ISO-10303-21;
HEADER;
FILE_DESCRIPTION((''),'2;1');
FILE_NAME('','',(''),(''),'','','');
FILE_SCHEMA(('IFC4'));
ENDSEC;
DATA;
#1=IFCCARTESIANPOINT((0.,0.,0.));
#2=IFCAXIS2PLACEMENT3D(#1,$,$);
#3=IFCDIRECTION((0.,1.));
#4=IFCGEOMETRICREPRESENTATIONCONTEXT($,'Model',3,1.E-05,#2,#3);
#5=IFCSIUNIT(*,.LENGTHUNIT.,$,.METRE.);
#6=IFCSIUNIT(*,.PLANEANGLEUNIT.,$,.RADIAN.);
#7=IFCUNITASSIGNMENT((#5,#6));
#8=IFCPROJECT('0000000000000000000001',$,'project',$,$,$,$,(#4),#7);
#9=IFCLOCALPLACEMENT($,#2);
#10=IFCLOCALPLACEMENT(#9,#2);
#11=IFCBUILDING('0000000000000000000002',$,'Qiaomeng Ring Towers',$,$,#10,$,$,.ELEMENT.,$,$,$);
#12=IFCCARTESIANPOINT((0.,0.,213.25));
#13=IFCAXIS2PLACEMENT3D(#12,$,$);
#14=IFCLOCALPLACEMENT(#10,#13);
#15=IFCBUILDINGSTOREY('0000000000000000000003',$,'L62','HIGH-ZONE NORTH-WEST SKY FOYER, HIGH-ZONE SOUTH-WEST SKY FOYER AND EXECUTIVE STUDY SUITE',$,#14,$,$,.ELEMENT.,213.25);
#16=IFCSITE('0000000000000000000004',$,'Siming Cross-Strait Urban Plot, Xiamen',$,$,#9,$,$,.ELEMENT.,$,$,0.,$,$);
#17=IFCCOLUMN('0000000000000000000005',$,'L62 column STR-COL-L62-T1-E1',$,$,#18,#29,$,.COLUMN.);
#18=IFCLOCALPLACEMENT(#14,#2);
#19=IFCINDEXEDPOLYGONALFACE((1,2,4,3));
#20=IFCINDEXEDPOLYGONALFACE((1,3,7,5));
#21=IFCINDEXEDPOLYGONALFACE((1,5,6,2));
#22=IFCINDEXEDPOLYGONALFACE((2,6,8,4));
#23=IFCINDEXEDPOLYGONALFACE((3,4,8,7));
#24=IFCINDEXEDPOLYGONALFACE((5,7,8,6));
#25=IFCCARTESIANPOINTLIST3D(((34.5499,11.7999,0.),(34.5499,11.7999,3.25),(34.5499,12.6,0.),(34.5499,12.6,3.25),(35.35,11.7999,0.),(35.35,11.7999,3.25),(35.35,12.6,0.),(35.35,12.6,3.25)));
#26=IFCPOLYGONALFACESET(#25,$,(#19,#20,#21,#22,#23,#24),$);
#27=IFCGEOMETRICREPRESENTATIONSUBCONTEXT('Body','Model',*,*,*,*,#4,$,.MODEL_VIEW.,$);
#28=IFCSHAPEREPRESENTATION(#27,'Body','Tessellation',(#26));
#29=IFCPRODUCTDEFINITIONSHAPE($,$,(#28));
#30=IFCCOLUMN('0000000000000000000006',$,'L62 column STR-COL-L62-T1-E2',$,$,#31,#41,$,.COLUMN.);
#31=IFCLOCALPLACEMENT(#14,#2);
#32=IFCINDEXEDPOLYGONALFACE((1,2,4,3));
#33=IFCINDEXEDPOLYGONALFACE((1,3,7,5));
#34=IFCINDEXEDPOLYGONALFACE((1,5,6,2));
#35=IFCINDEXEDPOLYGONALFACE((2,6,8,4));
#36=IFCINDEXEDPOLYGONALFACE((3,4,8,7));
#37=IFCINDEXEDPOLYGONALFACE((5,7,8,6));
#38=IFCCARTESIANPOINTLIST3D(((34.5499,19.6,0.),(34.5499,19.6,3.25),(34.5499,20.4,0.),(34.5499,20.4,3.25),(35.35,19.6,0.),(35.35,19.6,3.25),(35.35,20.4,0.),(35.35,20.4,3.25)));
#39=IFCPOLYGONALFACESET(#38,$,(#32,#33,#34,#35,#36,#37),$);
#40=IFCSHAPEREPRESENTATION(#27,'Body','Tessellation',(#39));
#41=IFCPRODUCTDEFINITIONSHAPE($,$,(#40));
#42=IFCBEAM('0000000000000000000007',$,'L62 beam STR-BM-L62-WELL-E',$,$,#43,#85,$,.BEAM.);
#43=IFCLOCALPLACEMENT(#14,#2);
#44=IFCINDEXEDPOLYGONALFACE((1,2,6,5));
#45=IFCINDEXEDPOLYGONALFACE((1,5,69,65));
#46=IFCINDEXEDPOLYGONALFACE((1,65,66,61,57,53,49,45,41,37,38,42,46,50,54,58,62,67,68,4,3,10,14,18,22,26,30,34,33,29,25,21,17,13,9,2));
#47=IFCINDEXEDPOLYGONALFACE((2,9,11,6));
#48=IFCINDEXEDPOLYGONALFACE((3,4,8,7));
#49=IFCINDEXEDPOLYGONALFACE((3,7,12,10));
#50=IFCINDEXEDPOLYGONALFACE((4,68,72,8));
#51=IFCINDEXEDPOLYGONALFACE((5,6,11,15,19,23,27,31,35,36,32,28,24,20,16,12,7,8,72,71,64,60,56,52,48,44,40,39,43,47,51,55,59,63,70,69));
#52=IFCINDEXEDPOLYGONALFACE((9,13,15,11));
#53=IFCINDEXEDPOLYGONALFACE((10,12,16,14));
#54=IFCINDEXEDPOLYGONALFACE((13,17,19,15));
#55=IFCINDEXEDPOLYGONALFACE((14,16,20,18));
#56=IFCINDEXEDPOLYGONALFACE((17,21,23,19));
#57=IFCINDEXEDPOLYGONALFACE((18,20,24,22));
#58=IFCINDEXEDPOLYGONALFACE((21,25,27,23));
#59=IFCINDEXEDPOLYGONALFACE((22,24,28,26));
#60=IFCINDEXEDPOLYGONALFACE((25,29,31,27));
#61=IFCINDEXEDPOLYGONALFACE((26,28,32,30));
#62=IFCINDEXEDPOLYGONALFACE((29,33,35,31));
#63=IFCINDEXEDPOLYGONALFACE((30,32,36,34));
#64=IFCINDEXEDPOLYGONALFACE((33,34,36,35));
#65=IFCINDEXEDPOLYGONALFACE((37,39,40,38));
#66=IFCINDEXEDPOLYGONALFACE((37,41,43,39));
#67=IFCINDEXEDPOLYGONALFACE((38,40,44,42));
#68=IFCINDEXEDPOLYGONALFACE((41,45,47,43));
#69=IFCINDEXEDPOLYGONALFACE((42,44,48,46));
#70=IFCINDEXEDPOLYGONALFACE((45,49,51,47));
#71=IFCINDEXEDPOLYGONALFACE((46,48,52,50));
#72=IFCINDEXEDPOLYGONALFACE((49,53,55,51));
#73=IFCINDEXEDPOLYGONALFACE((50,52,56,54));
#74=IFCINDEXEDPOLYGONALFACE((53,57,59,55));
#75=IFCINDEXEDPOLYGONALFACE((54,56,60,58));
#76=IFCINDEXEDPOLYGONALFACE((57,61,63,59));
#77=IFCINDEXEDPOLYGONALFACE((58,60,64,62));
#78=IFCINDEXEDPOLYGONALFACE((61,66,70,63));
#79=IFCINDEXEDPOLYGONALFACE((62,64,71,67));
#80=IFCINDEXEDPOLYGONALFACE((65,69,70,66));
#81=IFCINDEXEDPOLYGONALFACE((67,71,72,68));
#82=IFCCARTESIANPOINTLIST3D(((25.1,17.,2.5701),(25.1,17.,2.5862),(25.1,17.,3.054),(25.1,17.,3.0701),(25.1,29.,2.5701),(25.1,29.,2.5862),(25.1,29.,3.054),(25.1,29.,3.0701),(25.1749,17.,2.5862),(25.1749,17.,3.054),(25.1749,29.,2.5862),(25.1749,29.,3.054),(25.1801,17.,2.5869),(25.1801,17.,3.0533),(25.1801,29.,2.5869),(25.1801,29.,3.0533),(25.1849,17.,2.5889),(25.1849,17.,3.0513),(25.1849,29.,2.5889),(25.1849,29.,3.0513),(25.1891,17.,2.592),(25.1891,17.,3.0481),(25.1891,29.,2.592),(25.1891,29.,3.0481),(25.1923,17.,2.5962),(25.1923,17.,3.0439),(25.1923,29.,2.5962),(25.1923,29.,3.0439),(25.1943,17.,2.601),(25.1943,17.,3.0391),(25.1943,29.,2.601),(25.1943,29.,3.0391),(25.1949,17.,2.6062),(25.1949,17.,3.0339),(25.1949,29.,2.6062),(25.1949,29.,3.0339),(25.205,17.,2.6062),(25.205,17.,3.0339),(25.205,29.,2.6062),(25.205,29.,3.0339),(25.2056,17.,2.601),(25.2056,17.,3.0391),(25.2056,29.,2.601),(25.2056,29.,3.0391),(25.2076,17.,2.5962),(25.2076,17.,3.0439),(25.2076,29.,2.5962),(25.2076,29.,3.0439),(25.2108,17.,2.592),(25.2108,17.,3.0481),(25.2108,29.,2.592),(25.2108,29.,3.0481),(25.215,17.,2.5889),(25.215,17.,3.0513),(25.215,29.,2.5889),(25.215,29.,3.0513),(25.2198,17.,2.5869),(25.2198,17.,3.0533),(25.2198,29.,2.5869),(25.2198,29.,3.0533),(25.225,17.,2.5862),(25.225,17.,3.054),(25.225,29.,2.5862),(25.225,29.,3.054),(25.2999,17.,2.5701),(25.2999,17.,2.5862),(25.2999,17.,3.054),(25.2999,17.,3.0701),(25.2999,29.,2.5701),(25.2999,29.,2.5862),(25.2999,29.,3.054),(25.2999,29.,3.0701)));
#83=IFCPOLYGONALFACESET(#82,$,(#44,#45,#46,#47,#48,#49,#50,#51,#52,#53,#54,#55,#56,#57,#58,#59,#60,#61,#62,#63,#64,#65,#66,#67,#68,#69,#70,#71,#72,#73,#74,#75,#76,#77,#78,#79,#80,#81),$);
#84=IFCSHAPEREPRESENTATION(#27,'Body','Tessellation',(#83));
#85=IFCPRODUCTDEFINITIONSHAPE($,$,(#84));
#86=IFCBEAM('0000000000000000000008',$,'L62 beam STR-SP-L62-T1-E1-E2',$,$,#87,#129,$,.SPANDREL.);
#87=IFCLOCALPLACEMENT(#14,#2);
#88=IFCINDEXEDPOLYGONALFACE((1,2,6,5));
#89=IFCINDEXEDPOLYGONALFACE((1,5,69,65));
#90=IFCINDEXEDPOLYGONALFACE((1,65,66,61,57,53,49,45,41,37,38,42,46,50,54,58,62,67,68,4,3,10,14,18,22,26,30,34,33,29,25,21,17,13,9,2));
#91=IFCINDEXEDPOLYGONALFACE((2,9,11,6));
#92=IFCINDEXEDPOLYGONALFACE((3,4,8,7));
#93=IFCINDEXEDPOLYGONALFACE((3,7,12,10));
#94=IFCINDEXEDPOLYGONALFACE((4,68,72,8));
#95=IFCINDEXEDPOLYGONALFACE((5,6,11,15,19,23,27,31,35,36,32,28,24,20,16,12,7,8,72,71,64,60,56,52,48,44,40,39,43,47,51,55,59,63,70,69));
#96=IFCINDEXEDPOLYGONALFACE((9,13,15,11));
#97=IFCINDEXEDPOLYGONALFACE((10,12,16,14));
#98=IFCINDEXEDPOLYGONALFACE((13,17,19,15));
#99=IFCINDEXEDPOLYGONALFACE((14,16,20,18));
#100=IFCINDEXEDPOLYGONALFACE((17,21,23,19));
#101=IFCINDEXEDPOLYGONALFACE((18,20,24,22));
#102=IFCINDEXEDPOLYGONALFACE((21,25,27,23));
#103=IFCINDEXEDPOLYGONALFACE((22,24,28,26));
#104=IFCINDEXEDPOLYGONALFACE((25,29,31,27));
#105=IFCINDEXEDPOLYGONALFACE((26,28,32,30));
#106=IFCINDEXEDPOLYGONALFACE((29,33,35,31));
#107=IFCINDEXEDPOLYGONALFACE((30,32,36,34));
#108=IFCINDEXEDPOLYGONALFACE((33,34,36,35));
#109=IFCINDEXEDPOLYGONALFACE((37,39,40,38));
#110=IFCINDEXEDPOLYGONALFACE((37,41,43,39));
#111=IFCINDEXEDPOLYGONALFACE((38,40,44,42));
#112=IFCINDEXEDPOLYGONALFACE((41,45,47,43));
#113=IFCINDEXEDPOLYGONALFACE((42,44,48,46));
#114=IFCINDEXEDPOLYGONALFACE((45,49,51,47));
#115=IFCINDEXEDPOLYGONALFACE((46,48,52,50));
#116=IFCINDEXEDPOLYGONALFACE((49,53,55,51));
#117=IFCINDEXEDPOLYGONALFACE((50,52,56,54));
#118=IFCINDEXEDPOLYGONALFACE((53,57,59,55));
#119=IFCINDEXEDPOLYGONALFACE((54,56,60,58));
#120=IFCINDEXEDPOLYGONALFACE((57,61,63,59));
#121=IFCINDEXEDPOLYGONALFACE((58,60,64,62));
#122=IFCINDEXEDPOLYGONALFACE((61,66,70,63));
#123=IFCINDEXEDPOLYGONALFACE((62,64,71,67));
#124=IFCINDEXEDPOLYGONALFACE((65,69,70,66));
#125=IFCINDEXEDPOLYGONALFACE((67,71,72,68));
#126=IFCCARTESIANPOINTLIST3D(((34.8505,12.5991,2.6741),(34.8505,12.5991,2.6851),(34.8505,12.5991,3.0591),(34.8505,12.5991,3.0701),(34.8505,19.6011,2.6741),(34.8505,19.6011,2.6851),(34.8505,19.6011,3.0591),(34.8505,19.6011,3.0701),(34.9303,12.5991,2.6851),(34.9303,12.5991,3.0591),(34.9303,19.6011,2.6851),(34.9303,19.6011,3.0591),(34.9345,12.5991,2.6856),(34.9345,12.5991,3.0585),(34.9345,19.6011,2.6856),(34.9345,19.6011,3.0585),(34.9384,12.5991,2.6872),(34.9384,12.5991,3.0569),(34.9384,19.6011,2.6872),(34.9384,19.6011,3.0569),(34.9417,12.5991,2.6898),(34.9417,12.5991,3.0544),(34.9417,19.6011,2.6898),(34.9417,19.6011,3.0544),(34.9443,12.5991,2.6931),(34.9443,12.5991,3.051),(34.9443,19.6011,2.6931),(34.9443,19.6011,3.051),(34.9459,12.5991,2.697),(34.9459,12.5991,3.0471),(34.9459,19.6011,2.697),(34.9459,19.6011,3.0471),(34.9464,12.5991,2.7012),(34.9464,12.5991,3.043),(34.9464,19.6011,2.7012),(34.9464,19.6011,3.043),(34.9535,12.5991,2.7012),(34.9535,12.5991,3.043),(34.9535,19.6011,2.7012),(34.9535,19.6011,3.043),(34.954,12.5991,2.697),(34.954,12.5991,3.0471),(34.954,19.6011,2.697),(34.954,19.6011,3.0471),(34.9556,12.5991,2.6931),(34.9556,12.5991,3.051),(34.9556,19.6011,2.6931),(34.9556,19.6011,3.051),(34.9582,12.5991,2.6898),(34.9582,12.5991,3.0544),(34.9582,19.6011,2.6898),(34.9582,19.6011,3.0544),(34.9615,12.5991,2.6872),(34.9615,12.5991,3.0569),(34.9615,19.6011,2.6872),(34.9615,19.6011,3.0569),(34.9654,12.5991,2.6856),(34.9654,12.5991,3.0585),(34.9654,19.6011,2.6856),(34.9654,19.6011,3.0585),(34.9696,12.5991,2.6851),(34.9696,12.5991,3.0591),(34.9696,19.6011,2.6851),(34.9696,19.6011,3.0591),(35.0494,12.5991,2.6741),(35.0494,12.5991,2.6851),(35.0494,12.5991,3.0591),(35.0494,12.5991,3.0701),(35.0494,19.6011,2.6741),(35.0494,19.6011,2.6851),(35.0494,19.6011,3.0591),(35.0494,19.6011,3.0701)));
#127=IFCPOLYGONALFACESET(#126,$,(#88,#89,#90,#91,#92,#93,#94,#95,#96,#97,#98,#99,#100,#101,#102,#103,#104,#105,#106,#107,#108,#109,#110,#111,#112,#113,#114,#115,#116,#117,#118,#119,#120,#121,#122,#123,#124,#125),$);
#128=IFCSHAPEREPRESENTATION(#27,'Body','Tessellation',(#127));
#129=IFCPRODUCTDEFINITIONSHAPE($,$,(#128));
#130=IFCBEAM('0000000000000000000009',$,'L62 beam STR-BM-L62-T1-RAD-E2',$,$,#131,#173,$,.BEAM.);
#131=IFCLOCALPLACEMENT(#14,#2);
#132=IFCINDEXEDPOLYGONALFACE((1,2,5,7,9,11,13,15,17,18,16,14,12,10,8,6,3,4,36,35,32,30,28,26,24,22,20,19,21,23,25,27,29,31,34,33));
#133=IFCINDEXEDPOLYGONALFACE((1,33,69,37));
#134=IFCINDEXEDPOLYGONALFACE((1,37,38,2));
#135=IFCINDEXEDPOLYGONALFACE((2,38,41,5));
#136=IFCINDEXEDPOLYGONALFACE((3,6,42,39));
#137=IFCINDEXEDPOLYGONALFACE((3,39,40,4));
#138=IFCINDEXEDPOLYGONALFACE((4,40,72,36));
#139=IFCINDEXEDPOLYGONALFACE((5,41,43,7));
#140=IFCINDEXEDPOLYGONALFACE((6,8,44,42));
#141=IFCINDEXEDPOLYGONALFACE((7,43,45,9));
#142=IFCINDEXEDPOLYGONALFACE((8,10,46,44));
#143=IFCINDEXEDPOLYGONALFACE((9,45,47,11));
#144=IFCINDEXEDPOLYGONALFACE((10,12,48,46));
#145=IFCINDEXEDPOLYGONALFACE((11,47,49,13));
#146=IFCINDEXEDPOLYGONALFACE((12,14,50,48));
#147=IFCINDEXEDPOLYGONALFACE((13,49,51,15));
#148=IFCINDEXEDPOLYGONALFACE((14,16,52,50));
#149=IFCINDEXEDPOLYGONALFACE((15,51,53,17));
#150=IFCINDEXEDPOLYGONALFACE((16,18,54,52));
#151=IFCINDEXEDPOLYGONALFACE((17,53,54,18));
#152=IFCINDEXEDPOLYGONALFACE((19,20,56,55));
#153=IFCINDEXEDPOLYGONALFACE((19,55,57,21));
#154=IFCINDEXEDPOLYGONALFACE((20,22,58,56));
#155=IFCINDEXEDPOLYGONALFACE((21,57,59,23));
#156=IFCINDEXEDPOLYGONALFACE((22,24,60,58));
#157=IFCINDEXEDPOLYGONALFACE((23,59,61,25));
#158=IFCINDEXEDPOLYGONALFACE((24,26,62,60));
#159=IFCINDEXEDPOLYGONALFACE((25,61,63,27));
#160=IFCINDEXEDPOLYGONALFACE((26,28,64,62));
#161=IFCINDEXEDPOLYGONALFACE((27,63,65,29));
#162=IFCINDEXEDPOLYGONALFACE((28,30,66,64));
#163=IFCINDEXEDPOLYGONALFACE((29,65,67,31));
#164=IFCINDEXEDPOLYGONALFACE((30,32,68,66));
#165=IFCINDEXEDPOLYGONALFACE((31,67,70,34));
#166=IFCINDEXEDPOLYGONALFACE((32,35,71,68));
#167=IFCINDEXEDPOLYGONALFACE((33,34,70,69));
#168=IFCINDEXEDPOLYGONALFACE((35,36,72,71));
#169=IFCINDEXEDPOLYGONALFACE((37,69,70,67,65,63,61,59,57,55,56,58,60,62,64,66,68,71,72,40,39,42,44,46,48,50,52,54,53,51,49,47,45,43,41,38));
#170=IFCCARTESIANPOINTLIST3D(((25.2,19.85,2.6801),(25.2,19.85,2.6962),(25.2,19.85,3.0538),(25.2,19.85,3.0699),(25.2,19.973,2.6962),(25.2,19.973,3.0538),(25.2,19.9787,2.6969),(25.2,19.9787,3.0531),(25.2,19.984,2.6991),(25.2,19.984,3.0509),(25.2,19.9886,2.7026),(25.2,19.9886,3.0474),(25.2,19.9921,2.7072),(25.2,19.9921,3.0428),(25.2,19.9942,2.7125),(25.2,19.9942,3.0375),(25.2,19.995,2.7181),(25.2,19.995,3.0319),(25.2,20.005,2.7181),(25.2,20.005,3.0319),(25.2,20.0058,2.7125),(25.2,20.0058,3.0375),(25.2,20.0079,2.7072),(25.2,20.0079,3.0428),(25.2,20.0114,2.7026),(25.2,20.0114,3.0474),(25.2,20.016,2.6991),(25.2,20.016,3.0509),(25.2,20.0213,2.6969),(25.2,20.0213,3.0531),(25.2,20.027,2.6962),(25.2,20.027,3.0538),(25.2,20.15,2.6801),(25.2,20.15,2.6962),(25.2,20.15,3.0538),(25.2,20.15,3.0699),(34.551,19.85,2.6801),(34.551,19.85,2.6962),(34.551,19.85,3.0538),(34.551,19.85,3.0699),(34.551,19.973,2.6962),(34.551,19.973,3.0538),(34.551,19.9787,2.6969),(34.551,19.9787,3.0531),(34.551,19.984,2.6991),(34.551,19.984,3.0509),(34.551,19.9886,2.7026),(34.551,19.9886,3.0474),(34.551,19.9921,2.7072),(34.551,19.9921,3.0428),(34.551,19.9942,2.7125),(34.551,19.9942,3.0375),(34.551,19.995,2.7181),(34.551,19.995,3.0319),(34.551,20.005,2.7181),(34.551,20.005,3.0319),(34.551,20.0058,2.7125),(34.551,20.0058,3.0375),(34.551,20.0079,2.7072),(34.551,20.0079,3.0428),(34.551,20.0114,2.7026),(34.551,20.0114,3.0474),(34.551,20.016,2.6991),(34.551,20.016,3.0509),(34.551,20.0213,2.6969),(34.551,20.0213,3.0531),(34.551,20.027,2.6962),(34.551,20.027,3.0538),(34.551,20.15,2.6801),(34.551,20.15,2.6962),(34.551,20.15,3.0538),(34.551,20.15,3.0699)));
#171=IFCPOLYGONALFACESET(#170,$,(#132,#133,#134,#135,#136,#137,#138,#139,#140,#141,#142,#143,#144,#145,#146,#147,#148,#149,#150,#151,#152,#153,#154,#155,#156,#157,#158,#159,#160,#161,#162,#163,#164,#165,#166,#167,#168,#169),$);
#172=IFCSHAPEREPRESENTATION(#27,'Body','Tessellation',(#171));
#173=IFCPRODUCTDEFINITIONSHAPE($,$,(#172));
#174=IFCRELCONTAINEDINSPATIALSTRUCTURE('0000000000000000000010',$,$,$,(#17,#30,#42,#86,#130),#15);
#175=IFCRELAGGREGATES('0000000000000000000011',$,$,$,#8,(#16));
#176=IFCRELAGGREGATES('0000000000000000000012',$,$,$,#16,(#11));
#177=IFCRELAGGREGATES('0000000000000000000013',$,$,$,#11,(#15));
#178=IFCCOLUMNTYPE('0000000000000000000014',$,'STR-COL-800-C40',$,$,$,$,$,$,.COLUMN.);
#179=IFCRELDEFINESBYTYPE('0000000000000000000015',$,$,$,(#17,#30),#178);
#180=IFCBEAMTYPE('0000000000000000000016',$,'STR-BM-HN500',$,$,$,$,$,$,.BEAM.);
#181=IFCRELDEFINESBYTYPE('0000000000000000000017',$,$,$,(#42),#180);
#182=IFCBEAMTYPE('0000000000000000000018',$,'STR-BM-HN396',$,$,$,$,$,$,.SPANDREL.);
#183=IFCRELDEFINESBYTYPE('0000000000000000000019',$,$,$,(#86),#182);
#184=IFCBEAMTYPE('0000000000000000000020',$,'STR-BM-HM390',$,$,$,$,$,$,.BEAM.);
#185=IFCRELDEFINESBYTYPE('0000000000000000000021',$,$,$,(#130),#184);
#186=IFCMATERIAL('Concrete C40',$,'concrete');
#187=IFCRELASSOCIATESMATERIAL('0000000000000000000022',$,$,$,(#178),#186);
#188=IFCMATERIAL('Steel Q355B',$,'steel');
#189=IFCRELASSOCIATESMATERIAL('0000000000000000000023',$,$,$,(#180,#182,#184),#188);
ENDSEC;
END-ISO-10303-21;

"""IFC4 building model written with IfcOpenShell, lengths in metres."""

from ifc_helpers import new_model, si_unit, direction, frame, origin, origin_2d, place, context, subcontext, project, spatial, rectangle, i_section, extrude, source, transform, mapped, material, material_profile, profile_set, type_object, element, save


model = new_model("IFC4")

# Units and contexts
model_context = context("Model", 3, precision=1e-05, world=origin(), true_north=direction((0.0, 1.0)))
body_context = subcontext(model_context, "Body", "Model", "MODEL_VIEW")
ifc_project = project(units=[si_unit("LENGTHUNIT", "METRE"), si_unit("PLANEANGLEUNIT", "RADIAN")], contexts=[model_context])

# Site, building, storey
site_placement = place(None, origin())
site = spatial("IfcSite", under=ifc_project, at=site_placement, Name="Siming Cross-Strait Urban Plot, Xiamen", CompositionType="ELEMENT", RefElevation=0.0)
building_placement = place(site_placement, origin())
building = spatial("IfcBuilding", under=site, at=building_placement, Name="Qiaomeng Ring Towers", CompositionType="ELEMENT")
storey_placement = place(building_placement, frame((0.0, 0.0, 213.25)))
storey = spatial("IfcBuildingStorey", under=building, at=storey_placement, Name="L62", Description="HIGH-ZONE NORTH-WEST SKY FOYER, HIGH-ZONE SOUTH-WEST SKY FOYER AND EXECUTIVE STUDY SUITE", CompositionType="ELEMENT", Elevation=213.25)

# Columns
ifc_material_1 = material(Name="Concrete C40", Category="concrete")
ifc_material_profile_1 = material_profile(ifc_material_1, rectangle(XDim=0.8, YDim=0.8, at=origin_2d()), Name="RC COL 800x800")
ifc_profile_set_1 = profile_set([ifc_material_profile_1], Name="Concrete C40")
column_type = type_object("IfcColumnType", Name="STR-COL-800-C40", PredefinedType="COLUMN", material=ifc_profile_set_1)
shared_shape_1 = source(origin(), body_context, "Body", "SweptSolid", [
    extrude(rectangle(XDim=0.8, YDim=0.8, at=origin_2d()), origin(), (0.0, 0.0, 1.0), 3.25),
])
for number, where, z_axis, x_axis, name in (
    (1, (34.95, 12.2, 0.0), (0.0, 0.0, 1.0), (1.0, 0.0, 0.0), "L62 column STR-COL-L62-T1-E1"),
    (2, (34.95, 20.0, 0.0), (0.0, 0.0, 1.0), (1.0, 0.0, 0.0), "L62 column STR-COL-L62-T1-E2"),
):
    element("IfcColumn", number, at=place(storey_placement, frame(where, z_axis=z_axis, x_axis=x_axis)), inside=storey, type_object=column_type, Name=name, PredefinedType="COLUMN", context=body_context, shape_type="MappedRepresentation", body=[
        mapped(shared_shape_1, transform((0.0, 0.0, 0.0), x_axis=(1.0, 0.0, 0.0), y_axis=(0.0, 1.0, 0.0), z_axis=(0.0, 0.0, 1.0), scale=1.0)),
    ])

# Beams
ifc_material_2 = material(Name="Steel Q355B", Category="steel")
ifc_material_profile_2 = material_profile(ifc_material_2, i_section(OverallWidth=0.2, OverallDepth=0.5, WebThickness=0.01, FlangeThickness=0.0161, FilletRadius=0.02, at=origin_2d()), Name="HN 500x200x10x16")
ifc_profile_set_2 = profile_set([ifc_material_profile_2], Name="Steel Q355B")
beam_type_1 = type_object("IfcBeamType", Name="STR-BM-HN500", PredefinedType="BEAM", material=ifc_profile_set_2)
shared_shape_2 = source(origin(), body_context, "Body", "SweptSolid", [
    extrude(i_section(OverallWidth=0.2, OverallDepth=0.5, WebThickness=0.01, FlangeThickness=0.0161, FilletRadius=0.02, at=origin_2d()), origin(), (0.0, 0.0, 1.0), 12.0),
])
beam_1_placement = place(storey_placement, frame((25.2, 17.0, 2.8201), z_axis=(0.0, 1.0, 0.0), x_axis=(-1.0, 0.0, 0.0)))
element("IfcBeam", 3, at=beam_1_placement, inside=storey, type_object=beam_type_1, Name="L62 beam STR-BM-L62-WELL-E", PredefinedType="BEAM", context=body_context, shape_type="MappedRepresentation", body=[
    mapped(shared_shape_2, transform((0.0, 0.0, 0.0), x_axis=(1.0, 0.0, 0.0), y_axis=(0.0, 1.0, 0.0), z_axis=(0.0, 0.0, 1.0), scale=1.0)),
])
ifc_material_profile_3 = material_profile(ifc_material_2, i_section(OverallWidth=0.199, OverallDepth=0.396, WebThickness=0.0071, FlangeThickness=0.011, FilletRadius=0.0161, at=origin_2d()), Name="HN 396x199x7x11")
ifc_profile_set_3 = profile_set([ifc_material_profile_3], Name="Steel Q355B")
beam_type_2 = type_object("IfcBeamType", Name="STR-BM-HN396", PredefinedType="SPANDREL", material=ifc_profile_set_3)
shared_shape_3 = source(origin(), body_context, "Body", "SweptSolid", [
    extrude(i_section(OverallWidth=0.199, OverallDepth=0.396, WebThickness=0.0071, FlangeThickness=0.011, FilletRadius=0.0161, at=origin_2d()), origin(), (0.0, 0.0, 1.0), 7.002),
])
beam_2_placement = place(storey_placement, frame((34.95, 12.5991, 2.8721), z_axis=(0.0, 1.0, 0.0), x_axis=(-1.0, 0.0, 0.0)))
element("IfcBeam", 4, at=beam_2_placement, inside=storey, type_object=beam_type_2, Name="L62 beam STR-SP-L62-T1-E1-E2", PredefinedType="SPANDREL", context=body_context, shape_type="MappedRepresentation", body=[
    mapped(shared_shape_3, transform((0.0, 0.0, 0.0), x_axis=(1.0, 0.0, 0.0), y_axis=(0.0, 1.0, 0.0), z_axis=(0.0, 0.0, 1.0), scale=1.0)),
])
ifc_material_profile_4 = material_profile(ifc_material_2, i_section(OverallWidth=0.3, OverallDepth=0.3899, WebThickness=0.01, FlangeThickness=0.0161, FilletRadius=0.022, at=origin_2d()), Name="HM 390x300x10x16")
ifc_profile_set_4 = profile_set([ifc_material_profile_4], Name="Steel Q355B")
beam_type_3 = type_object("IfcBeamType", Name="STR-BM-HM390", PredefinedType="BEAM", material=ifc_profile_set_4)
shared_shape_4 = source(origin(), body_context, "Body", "SweptSolid", [
    extrude(i_section(OverallWidth=0.3, OverallDepth=0.3899, WebThickness=0.01, FlangeThickness=0.0161, FilletRadius=0.022, at=origin_2d()), origin(), (0.0, 0.0, 1.0), 9.3511),
])
beam_3_placement = place(storey_placement, frame((25.2, 20.0, 2.875), z_axis=(1.0, 0.0, 0.0), x_axis=(0.0, 1.0, 0.0)))
element("IfcBeam", 5, at=beam_3_placement, inside=storey, type_object=beam_type_3, Name="L62 beam STR-BM-L62-T1-RAD-E2", PredefinedType="BEAM", context=body_context, shape_type="MappedRepresentation", body=[
    mapped(shared_shape_4, transform((0.0, 0.0, 0.0), x_axis=(1.0, 0.0, 0.0), y_axis=(0.0, 1.0, 0.0), z_axis=(0.0, 0.0, 1.0), scale=1.0)),
])

save(model, "model.ifc")
